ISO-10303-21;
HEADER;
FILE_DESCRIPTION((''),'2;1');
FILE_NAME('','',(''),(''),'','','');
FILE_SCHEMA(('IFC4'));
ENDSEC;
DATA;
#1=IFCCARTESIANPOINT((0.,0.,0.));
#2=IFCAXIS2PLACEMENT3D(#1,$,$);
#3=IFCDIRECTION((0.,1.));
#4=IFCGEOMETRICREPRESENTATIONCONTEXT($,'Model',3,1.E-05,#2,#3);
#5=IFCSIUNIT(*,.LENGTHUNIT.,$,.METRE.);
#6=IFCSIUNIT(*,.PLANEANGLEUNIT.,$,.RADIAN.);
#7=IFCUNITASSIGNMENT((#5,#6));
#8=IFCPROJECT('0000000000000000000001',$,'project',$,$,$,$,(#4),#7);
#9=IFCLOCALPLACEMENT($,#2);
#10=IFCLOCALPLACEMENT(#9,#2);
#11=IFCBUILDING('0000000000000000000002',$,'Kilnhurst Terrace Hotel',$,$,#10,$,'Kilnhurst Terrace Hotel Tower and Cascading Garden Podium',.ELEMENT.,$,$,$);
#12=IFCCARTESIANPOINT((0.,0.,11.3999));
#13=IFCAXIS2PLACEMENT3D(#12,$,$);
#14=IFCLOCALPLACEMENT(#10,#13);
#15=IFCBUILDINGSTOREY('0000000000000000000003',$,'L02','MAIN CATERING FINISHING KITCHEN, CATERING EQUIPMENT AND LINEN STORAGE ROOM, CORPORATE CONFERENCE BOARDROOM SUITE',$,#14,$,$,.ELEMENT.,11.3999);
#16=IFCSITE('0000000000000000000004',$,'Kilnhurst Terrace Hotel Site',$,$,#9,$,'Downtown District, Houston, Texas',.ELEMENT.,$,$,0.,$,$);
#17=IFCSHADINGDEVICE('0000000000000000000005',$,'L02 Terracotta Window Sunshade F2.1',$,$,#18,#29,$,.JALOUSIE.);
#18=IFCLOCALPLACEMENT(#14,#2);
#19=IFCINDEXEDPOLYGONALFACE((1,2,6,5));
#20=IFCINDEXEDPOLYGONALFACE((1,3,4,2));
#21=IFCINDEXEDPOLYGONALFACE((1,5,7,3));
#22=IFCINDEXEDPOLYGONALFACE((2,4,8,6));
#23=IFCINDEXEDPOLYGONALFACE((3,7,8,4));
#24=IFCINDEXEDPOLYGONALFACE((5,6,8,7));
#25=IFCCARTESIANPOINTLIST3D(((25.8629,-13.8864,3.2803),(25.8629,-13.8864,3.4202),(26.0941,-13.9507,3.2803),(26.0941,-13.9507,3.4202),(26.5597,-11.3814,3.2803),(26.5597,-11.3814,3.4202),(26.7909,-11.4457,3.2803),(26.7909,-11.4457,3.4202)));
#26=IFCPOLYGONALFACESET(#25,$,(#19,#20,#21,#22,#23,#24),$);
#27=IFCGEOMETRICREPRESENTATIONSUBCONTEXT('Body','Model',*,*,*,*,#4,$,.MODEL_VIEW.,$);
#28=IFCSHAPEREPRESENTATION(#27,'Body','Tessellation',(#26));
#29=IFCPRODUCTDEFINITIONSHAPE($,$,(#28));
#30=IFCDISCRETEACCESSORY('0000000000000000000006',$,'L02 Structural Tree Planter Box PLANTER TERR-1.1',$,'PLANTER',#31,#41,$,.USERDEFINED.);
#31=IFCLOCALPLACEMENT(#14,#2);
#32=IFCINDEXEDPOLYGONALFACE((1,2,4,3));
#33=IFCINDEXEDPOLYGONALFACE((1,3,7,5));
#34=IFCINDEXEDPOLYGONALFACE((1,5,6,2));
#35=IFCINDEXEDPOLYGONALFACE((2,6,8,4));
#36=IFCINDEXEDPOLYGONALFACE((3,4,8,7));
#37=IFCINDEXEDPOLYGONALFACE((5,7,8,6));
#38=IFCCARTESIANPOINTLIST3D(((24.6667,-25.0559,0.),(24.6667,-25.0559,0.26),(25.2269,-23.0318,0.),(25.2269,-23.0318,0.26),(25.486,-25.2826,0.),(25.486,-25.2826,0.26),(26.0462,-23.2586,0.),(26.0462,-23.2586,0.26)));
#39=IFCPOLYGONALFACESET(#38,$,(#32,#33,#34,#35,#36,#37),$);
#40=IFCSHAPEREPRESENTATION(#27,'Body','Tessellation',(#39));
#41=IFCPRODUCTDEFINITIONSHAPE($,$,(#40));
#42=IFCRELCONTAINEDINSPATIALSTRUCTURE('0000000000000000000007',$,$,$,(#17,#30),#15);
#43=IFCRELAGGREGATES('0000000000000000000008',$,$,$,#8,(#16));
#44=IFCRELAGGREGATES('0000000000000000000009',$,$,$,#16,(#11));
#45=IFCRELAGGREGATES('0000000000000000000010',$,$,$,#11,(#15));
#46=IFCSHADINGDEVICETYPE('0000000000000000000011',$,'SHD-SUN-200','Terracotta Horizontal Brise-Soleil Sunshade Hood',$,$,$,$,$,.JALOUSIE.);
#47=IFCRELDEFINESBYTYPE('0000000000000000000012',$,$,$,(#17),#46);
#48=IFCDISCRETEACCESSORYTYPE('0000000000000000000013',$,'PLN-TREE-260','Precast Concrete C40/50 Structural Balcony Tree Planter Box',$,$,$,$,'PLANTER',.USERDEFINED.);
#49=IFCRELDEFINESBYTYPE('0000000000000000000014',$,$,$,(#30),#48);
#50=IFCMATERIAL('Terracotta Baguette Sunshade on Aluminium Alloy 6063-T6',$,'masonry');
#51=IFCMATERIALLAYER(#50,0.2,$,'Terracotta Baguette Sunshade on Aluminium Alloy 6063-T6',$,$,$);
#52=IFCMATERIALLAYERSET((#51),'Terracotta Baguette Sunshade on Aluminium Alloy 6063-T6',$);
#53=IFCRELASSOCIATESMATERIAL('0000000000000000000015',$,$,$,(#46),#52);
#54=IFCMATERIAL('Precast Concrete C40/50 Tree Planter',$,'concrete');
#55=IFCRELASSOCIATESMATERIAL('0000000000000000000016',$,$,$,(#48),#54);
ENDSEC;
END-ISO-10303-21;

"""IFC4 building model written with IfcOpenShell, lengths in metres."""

from ifc_helpers import new_model, si_unit, direction, frame, origin, origin_2d, place, context, subcontext, project, spatial, rectangle, extrude, material, layer, layer_set, type_object, element, save


model = new_model("IFC4")

# Units and contexts
model_context = context("Model", 3, precision=1e-05, world=origin(), true_north=direction((0.0, 1.0)))
body_context = subcontext(model_context, "Body", "Model", "MODEL_VIEW")
ifc_project = project(units=[si_unit("LENGTHUNIT", "METRE"), si_unit("PLANEANGLEUNIT", "RADIAN")], contexts=[model_context])

# Site, building, storey
site_placement = place(None, origin())
site = spatial("IfcSite", under=ifc_project, at=site_placement, Name="Kilnhurst Terrace Hotel Site", LongName="Downtown District, Houston, Texas", CompositionType="ELEMENT", RefElevation=0.0)
building_placement = place(site_placement, origin())
building = spatial("IfcBuilding", under=site, at=building_placement, Name="Kilnhurst Terrace Hotel", LongName="Kilnhurst Terrace Hotel Tower and Cascading Garden Podium", CompositionType="ELEMENT")
storey_placement = place(building_placement, frame((0.0, 0.0, 11.3999)))
storey = spatial("IfcBuildingStorey", under=building, at=storey_placement, Name="L02", Description="MAIN CATERING FINISHING KITCHEN, CATERING EQUIPMENT AND LINEN STORAGE ROOM, CORPORATE CONFERENCE BOARDROOM SUITE", CompositionType="ELEMENT", Elevation=11.3999)

# Shading device
ifc_material_1 = material(Name="Terracotta Baguette Sunshade on Aluminium Alloy 6063-T6", Category="masonry")
ifc_layer_1 = layer(ifc_material_1, 0.2, Name="Terracotta Baguette Sunshade on Aluminium Alloy 6063-T6")
ifc_layer_set_1 = layer_set([ifc_layer_1], Name="Terracotta Baguette Sunshade on Aluminium Alloy 6063-T6")
shading_device_type = type_object("IfcShadingDeviceType", Name="SHD-SUN-200", Description="Terracotta Horizontal Brise-Soleil Sunshade Hood", PredefinedType="JALOUSIE", material=ifc_layer_set_1)
shading_device_placement = place(storey_placement, frame((26.3269, -12.666, 3.2803), z_axis=(0.0, 0.0, 1.0), x_axis=(0.267995, 0.96342, 0.0)))
element("IfcShadingDevice", 1, at=shading_device_placement, inside=storey, type_object=shading_device_type, Name="L02 Terracotta Window Sunshade F2.1", PredefinedType="JALOUSIE", context=body_context, shape_type="SweptSolid", body=[
    extrude(rectangle(XDim=2.6001, YDim=0.24, at=origin_2d()), origin(), (0.0, 0.0, 1.0), 0.1399),
])

# Discrete accessory
ifc_material_2 = material(Name="Precast Concrete C40/50 Tree Planter", Category="concrete")
discrete_accessory_type = type_object("IfcDiscreteAccessoryType", Name="PLN-TREE-260", Description="Precast Concrete C40/50 Structural Balcony Tree Planter Box", ElementType="PLANTER", PredefinedType="USERDEFINED", material=ifc_material_2)
discrete_accessory_placement = place(storey_placement, frame((25.3564, -24.1572, 0.0), z_axis=(0.0, 0.0, 1.0), x_axis=(0.266717, 0.963775, 0.0)))
element("IfcDiscreteAccessory", 2, at=discrete_accessory_placement, inside=storey, type_object=discrete_accessory_type, Name="L02 Structural Tree Planter Box PLANTER TERR-1.1", ObjectType="PLANTER", PredefinedType="USERDEFINED", context=body_context, shape_type="SweptSolid", body=[
    extrude(rectangle(XDim=2.1001, YDim=0.8501, at=origin_2d()), origin(), (0.0, 0.0, 1.0), 0.26),
])

save(model, "model.ifc")
